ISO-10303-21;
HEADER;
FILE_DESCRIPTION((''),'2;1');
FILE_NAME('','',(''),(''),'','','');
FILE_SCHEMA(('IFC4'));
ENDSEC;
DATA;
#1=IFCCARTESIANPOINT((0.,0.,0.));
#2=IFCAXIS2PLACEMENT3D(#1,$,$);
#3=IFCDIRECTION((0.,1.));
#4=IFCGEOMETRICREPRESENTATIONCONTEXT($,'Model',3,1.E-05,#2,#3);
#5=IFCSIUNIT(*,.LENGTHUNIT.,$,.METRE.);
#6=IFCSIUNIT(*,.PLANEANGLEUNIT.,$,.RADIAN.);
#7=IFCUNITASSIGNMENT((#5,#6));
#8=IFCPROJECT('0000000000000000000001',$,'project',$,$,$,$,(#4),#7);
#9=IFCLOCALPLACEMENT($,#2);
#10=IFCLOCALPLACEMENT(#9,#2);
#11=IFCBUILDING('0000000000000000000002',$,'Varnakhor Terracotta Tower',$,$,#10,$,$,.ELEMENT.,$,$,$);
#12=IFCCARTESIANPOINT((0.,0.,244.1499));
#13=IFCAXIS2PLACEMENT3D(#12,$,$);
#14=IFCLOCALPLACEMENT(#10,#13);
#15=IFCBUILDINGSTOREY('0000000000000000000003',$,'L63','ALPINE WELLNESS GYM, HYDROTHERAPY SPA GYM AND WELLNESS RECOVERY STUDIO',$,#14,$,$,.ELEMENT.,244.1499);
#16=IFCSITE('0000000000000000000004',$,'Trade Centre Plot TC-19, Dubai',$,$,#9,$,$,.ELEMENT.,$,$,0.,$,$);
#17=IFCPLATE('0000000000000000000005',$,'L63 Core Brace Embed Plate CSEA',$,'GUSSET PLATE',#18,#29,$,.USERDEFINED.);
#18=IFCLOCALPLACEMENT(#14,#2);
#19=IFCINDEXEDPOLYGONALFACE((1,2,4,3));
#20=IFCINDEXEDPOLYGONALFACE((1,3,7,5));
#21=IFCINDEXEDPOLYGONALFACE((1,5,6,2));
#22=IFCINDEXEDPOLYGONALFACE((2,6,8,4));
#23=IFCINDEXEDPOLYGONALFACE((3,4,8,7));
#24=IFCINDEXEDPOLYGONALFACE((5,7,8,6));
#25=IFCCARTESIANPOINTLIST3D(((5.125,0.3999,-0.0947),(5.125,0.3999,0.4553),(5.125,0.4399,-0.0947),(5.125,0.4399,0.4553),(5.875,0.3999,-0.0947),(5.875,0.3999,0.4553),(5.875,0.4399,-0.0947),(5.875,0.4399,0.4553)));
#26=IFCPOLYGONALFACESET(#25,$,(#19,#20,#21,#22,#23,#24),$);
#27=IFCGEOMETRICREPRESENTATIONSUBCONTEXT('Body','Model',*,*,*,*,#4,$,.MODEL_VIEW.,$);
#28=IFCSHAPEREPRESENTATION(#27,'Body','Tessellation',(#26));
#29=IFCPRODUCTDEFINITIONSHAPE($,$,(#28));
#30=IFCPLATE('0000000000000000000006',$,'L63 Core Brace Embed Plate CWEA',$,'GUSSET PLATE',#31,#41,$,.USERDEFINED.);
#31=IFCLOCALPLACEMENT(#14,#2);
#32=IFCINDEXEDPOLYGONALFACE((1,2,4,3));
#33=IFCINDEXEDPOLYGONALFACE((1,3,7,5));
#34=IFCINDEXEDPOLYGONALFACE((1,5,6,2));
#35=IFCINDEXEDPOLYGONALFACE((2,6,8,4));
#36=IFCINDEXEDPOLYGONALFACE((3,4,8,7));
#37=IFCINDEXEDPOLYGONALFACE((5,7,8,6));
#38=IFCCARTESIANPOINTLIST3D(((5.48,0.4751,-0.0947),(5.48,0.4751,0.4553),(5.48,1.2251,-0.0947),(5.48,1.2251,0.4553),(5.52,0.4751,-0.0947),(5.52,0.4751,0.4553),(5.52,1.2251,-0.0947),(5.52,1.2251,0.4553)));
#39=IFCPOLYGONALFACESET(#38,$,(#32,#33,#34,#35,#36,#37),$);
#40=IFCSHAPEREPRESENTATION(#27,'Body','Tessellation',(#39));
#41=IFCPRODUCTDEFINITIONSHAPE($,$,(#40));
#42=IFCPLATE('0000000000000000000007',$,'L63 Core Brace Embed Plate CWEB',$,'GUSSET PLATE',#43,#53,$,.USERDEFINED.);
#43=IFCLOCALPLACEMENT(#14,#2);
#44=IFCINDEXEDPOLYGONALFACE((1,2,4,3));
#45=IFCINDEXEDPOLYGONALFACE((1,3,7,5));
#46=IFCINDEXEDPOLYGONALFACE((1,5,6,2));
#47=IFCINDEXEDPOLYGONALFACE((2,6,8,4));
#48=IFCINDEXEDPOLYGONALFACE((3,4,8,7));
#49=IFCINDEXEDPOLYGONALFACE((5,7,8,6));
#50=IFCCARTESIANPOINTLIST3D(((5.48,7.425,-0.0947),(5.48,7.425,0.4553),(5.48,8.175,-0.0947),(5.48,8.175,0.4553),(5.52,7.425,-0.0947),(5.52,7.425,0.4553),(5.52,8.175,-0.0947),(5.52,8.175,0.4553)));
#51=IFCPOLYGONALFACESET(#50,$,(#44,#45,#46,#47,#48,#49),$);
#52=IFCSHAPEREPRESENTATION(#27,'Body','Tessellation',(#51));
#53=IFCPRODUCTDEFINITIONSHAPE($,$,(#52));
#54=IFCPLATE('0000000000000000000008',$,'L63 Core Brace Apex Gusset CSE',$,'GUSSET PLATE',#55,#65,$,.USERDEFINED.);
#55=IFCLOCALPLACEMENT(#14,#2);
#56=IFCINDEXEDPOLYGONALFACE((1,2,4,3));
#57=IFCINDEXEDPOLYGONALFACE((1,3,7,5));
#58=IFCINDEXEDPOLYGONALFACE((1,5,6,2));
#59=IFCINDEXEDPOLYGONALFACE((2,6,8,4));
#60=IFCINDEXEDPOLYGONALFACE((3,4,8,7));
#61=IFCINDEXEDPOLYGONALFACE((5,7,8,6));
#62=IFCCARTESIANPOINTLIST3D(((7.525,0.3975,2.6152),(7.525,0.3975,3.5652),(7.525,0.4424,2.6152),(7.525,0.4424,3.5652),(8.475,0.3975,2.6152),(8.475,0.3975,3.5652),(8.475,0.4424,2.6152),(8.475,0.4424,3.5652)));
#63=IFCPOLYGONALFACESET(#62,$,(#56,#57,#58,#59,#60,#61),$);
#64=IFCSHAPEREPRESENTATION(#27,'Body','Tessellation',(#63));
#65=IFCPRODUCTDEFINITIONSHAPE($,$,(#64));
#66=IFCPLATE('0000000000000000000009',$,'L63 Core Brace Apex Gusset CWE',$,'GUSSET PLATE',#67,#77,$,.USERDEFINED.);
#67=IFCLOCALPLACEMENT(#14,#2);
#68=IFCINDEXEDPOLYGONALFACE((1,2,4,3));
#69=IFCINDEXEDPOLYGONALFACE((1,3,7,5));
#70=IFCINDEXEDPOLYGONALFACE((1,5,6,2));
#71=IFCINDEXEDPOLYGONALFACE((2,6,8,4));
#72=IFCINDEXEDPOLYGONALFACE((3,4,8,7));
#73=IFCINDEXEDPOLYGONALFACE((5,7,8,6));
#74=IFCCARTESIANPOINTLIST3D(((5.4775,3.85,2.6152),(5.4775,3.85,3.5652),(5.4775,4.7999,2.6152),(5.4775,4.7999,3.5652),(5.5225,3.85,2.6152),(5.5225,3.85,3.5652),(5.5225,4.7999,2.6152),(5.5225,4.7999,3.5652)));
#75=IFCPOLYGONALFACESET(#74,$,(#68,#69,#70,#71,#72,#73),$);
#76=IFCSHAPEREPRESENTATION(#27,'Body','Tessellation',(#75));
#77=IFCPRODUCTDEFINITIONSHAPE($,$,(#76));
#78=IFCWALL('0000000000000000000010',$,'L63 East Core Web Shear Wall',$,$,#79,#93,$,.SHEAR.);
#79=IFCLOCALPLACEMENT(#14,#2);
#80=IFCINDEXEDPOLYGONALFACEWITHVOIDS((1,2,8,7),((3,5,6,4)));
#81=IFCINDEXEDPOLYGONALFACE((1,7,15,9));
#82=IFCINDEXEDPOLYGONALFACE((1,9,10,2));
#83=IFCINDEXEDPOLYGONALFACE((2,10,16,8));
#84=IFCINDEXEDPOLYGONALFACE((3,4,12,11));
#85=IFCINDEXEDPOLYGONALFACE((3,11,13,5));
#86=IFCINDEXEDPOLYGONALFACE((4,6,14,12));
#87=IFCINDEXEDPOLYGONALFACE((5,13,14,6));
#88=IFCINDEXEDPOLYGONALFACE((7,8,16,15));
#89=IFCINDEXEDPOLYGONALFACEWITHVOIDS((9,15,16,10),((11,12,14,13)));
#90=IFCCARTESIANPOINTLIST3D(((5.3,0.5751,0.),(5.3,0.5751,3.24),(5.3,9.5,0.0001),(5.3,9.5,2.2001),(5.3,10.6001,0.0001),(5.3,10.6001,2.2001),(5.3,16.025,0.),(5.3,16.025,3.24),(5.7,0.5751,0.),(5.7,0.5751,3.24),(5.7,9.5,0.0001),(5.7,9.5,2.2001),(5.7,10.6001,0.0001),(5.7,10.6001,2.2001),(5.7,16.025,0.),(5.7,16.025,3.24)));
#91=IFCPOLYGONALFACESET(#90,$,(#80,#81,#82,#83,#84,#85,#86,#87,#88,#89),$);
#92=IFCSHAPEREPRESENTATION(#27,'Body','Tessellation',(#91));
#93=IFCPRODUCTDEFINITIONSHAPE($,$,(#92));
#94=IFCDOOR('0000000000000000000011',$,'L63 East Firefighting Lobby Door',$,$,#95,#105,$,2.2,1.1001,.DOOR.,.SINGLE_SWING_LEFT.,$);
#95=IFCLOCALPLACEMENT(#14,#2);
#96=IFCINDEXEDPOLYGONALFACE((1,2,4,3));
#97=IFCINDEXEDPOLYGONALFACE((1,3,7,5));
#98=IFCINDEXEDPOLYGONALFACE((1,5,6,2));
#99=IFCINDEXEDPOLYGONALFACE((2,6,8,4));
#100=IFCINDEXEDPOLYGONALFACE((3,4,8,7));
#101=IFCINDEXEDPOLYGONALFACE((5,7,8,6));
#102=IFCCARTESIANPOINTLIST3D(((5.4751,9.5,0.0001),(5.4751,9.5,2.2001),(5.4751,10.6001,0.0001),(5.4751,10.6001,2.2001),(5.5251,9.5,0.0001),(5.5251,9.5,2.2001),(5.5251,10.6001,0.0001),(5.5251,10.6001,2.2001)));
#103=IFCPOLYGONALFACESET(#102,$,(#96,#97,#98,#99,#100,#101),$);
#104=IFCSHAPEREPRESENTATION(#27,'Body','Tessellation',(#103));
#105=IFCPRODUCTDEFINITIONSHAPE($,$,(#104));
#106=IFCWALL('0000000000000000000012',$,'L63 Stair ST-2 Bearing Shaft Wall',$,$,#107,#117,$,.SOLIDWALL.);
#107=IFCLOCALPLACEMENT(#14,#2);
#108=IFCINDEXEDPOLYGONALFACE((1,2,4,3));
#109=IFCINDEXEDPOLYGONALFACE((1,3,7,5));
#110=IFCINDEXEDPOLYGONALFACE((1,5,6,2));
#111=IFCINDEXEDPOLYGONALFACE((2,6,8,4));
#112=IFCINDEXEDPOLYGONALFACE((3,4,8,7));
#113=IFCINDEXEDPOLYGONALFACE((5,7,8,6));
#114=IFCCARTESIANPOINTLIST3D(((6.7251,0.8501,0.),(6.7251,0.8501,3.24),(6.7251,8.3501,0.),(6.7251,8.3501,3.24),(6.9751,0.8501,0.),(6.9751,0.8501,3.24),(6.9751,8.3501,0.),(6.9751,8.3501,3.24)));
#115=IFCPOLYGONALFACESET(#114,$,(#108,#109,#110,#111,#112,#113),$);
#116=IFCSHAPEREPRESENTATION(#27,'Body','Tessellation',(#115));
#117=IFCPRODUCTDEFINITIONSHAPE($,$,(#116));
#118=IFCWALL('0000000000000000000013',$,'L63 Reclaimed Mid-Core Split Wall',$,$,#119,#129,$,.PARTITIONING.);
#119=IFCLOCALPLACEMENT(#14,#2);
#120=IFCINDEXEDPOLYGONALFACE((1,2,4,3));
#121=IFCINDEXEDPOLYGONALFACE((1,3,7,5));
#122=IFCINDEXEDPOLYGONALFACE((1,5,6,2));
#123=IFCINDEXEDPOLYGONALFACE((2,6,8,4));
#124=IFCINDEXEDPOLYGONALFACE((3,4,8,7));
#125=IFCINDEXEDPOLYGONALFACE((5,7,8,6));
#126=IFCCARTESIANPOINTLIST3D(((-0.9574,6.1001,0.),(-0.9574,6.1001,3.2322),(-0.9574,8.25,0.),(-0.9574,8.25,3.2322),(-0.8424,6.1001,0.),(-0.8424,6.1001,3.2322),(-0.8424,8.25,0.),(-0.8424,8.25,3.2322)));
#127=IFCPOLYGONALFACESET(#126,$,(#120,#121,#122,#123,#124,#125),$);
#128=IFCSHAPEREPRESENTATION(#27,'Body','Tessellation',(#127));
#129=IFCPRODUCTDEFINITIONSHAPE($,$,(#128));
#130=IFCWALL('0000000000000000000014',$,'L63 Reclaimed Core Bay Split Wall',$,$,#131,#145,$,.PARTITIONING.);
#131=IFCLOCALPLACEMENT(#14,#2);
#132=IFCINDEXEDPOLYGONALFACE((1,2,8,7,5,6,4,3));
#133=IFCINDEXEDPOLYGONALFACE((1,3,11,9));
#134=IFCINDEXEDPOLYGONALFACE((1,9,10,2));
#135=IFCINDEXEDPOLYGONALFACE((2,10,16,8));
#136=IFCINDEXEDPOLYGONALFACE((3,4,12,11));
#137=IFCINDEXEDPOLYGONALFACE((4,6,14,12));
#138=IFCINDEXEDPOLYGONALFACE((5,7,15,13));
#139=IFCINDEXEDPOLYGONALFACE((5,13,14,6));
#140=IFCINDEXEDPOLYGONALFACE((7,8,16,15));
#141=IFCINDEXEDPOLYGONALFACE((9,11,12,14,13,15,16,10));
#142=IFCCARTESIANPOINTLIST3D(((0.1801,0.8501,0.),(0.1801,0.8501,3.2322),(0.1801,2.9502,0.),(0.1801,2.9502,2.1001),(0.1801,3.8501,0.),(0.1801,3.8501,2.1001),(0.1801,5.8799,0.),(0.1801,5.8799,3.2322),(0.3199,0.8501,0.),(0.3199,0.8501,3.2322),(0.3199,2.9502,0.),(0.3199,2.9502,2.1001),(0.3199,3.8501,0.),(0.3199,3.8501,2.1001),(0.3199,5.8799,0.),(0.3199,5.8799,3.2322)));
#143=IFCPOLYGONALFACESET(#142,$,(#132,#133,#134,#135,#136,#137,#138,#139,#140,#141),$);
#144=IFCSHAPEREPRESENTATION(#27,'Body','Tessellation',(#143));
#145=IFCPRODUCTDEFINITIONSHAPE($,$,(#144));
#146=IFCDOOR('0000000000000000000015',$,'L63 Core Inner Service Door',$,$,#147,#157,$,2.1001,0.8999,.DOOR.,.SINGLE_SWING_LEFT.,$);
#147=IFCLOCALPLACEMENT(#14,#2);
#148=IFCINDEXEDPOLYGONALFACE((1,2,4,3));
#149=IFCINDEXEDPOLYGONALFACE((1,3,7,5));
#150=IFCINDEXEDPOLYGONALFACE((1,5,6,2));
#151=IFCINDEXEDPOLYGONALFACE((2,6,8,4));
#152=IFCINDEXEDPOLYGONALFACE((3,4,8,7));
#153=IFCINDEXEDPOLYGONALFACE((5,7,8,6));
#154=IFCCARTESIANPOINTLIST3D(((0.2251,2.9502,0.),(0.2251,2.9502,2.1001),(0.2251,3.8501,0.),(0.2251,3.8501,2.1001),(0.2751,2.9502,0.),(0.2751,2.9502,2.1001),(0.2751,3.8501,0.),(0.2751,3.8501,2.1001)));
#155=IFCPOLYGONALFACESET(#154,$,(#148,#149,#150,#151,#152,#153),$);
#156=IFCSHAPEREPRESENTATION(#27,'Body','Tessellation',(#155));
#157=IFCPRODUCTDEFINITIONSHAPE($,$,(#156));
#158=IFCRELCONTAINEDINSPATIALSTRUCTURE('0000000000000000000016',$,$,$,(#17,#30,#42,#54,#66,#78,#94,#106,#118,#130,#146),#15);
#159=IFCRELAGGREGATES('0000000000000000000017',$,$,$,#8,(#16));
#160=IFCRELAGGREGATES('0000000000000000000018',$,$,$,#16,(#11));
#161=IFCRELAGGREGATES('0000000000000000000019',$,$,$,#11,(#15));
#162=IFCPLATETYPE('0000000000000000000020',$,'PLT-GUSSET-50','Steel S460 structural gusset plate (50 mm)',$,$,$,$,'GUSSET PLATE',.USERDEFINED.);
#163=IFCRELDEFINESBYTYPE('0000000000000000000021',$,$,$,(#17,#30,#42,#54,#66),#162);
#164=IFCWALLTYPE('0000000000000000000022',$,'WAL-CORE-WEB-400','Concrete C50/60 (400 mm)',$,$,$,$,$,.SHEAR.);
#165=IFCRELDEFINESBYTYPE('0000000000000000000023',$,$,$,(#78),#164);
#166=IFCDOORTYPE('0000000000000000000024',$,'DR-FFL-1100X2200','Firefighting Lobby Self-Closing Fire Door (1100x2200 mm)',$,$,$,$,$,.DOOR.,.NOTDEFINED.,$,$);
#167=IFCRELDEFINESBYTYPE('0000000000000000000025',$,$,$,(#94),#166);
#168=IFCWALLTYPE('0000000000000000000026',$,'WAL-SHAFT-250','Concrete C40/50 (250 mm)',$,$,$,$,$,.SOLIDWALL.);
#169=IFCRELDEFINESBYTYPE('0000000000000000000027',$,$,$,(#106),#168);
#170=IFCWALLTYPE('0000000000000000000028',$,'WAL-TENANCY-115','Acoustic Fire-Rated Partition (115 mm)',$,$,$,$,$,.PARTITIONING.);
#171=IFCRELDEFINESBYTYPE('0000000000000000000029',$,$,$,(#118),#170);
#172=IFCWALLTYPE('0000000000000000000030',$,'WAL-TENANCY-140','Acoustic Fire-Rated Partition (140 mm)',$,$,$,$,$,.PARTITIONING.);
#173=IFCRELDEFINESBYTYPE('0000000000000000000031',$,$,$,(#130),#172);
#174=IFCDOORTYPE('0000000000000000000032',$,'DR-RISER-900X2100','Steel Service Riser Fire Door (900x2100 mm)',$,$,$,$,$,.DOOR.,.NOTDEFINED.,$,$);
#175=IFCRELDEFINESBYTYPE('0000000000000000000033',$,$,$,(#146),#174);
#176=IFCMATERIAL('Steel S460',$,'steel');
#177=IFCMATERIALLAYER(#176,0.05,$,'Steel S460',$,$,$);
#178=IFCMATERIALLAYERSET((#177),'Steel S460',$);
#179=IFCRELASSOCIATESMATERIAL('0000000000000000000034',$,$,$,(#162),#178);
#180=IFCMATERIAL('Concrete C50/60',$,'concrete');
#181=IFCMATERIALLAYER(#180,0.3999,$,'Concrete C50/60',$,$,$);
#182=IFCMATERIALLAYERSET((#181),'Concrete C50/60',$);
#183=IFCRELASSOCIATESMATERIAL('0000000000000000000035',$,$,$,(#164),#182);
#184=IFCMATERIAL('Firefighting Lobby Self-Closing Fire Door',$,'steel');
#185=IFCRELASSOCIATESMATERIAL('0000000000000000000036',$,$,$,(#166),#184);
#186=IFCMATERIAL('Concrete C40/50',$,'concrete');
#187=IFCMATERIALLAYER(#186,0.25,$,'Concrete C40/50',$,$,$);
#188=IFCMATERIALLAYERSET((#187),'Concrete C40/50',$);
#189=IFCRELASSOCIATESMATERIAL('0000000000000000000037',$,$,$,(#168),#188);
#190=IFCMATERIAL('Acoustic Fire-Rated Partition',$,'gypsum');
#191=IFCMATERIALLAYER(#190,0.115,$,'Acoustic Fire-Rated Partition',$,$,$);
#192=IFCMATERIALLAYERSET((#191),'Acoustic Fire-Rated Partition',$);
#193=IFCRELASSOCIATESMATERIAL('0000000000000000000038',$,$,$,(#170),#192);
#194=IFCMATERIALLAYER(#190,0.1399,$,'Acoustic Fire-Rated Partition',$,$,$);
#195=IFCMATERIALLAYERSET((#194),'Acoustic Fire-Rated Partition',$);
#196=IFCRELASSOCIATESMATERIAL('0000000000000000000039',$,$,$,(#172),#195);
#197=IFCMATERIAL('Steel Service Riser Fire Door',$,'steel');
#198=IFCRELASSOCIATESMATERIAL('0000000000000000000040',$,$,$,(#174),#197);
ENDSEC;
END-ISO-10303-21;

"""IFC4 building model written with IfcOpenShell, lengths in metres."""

from ifc_helpers import new_model, si_unit, direction, frame, frame_2d, origin, origin_2d, place, context, subcontext, project, spatial, rectangle, extrude, source, transform, mapped, material, layer, layer_set, type_object, type_shapes, element, fill, save


model = new_model("IFC4")

# Units and contexts
model_context = context("Model", 3, precision=1e-05, world=origin(), true_north=direction((0.0, 1.0)))
body_context = subcontext(model_context, "Body", "Model", "MODEL_VIEW")
ifc_project = project(units=[si_unit("LENGTHUNIT", "METRE"), si_unit("PLANEANGLEUNIT", "RADIAN")], contexts=[model_context])

# Site, building, storey
site_placement = place(None, origin())
site = spatial("IfcSite", under=ifc_project, at=site_placement, Name="Trade Centre Plot TC-19, Dubai", CompositionType="ELEMENT", RefElevation=0.0)
building_placement = place(site_placement, origin())
building = spatial("IfcBuilding", under=site, at=building_placement, Name="Varnakhor Terracotta Tower", CompositionType="ELEMENT")
storey_placement = place(building_placement, frame((0.0, 0.0, 244.1499)))
storey = spatial("IfcBuildingStorey", under=building, at=storey_placement, Name="L63", Description="ALPINE WELLNESS GYM, HYDROTHERAPY SPA GYM AND WELLNESS RECOVERY STUDIO", CompositionType="ELEMENT", Elevation=244.1499)

# Shared definitions
ifc_material_1 = material(Name="Concrete C50/60", Category="concrete")

# Shared definitions
ifc_material_2 = material(Name="Concrete C40/50", Category="concrete")

# Plates
ifc_material_3 = material(Name="Steel S460", Category="steel")
ifc_layer_1 = layer(ifc_material_3, 0.05, Name="Steel S460")
ifc_layer_set_1 = layer_set([ifc_layer_1], Name="Steel S460")
plate_type = type_object("IfcPlateType", Name="PLT-GUSSET-50", Description="Steel S460 structural gusset plate (50 mm)", ElementType="GUSSET PLATE", PredefinedType="USERDEFINED", material=ifc_layer_set_1)
shared_shape_1 = source(origin(), body_context, "Body", "SweptSolid", [
    extrude(rectangle(XDim=0.75, YDim=0.04, at=origin_2d()), origin(), (0.0, 0.0, 1.0), 0.55),
])
type_shapes(plate_type, [shared_shape_1])
for number, where, z_axis, x_axis, name in (
    (1, (5.5, 0.4199, -0.0947), (0.0, 0.0, 1.0), (1.0, 0.0, 0.0), "L63 Core Brace Embed Plate CSEA"),
    (2, (5.5, 0.8501, -0.0947), (0.0, 0.0, 1.0), (0.0, 1.0, 0.0), "L63 Core Brace Embed Plate CWEA"),
    (3, (5.5, 7.8, -0.0947), (0.0, 0.0, 1.0), (0.0, 1.0, 0.0), "L63 Core Brace Embed Plate CWEB"),
):
    element("IfcPlate", number, at=place(storey_placement, frame(where, z_axis=z_axis, x_axis=x_axis)), inside=storey, type_object=plate_type, Name=name, ObjectType="GUSSET PLATE", PredefinedType="USERDEFINED", context=body_context, shape_type="MappedRepresentation", body=[
        mapped(shared_shape_1, transform((0.0, 0.0, 0.0), scale=1.0)),
    ])
shared_shape_2 = source(origin(), body_context, "Body", "SweptSolid", [
    extrude(rectangle(XDim=0.95, YDim=0.0449, at=origin_2d()), origin(), (0.0, 0.0, 1.0), 0.95),
])
for number, where, z_axis, x_axis, name in (
    (4, (8.0, 0.4199, 2.6152), (0.0, 0.0, 1.0), (1.0, 0.0, 0.0), "L63 Core Brace Apex Gusset CSE"),
    (5, (5.5, 4.325, 2.6152), (0.0, 0.0, 1.0), (0.0, 1.0, 0.0), "L63 Core Brace Apex Gusset CWE"),
):
    element("IfcPlate", number, at=place(storey_placement, frame(where, z_axis=z_axis, x_axis=x_axis)), inside=storey, type_object=plate_type, Name=name, ObjectType="GUSSET PLATE", PredefinedType="USERDEFINED", context=body_context, shape_type="MappedRepresentation", body=[
        mapped(shared_shape_2, transform((0.0, 0.0, 0.0), scale=1.0)),
    ])

# Wall, opening, door
ifc_layer_2 = layer(ifc_material_1, 0.3999, Name="Concrete C50/60")
ifc_layer_set_2 = layer_set([ifc_layer_2], Name="Concrete C50/60")
wall_type_1 = type_object("IfcWallType", Name="WAL-CORE-WEB-400", Description="Concrete C50/60 (400 mm)", PredefinedType="SHEAR", material=ifc_layer_set_2)
wall_1_placement = place(storey_placement, frame((5.5, 0.575, 0.0), z_axis=(0.0, 0.0, 1.0), x_axis=(0.0, 1.0, 0.0)))
wall_1 = element("IfcWall", 6, at=wall_1_placement, inside=storey, type_object=wall_type_1, Name="L63 East Core Web Shear Wall", PredefinedType="SHEAR", context=body_context, shape_type="SweptSolid", body=[
    extrude(rectangle(XDim=15.45, YDim=0.3999, at=frame_2d((7.7251, 0.0))), origin(), (0.0, 0.0, 1.0), 3.24),
])
opening_1_placement = place(wall_1_placement, frame((8.925, 0.0, 0.0)))
opening_1 = element("IfcOpeningElement", 7, at=opening_1_placement, cuts=wall_1, PredefinedType="OPENING", context=body_context, shape_type="SweptSolid", body=[
    extrude(rectangle(XDim=1.1001, YDim=2.2, at=frame_2d((0.55, 1.1001))), frame((0.0, 0.21, 0.0), z_axis=(0.0, -1.0, 0.0), x_axis=(1.0, 0.0, 0.0)), (0.0, 0.0, 1.0), 0.4199),
])
ifc_material_4 = material(Name="Firefighting Lobby Self-Closing Fire Door", Category="steel")
door_type_1 = type_object("IfcDoorType", Name="DR-FFL-1100X2200", Description="Firefighting Lobby Self-Closing Fire Door (1100x2200 mm)", OperationType="NOTDEFINED", PredefinedType="DOOR", material=ifc_material_4)
shared_shape_3 = source(origin(), body_context, "Body", "SweptSolid", [
    extrude(rectangle(XDim=1.1001, YDim=2.2, at=frame_2d((0.55, 1.1001))), frame((0.0, 0.0249, 0.0), z_axis=(0.0, -1.0, 0.0), x_axis=(1.0, 0.0, 0.0)), (0.0, 0.0, 1.0), 0.05),
])
type_shapes(door_type_1, [shared_shape_3])
door_1_placement = place(opening_1_placement, origin())
door_1 = element("IfcDoor", 8, at=door_1_placement, inside=storey, type_object=door_type_1, Name="L63 East Firefighting Lobby Door", OperationType="SINGLE_SWING_LEFT", OverallHeight=2.2, OverallWidth=1.1001, PredefinedType="DOOR", context=body_context, shape_type="MappedRepresentation", body=[
    mapped(shared_shape_3, transform((0.0, 0.0, 0.0), scale=1.0)),
])
fill(opening_1, door_1)

# Walls
ifc_layer_3 = layer(ifc_material_2, 0.25, Name="Concrete C40/50")
ifc_layer_set_3 = layer_set([ifc_layer_3], Name="Concrete C40/50")
wall_type_2 = type_object("IfcWallType", Name="WAL-SHAFT-250", Description="Concrete C40/50 (250 mm)", PredefinedType="SOLIDWALL", material=ifc_layer_set_3)
wall_2_placement = place(storey_placement, frame((6.8501, 0.8501, 0.0), z_axis=(0.0, 0.0, 1.0), x_axis=(0.0, 1.0, 0.0)))
element("IfcWall", 9, at=wall_2_placement, inside=storey, type_object=wall_type_2, Name="L63 Stair ST-2 Bearing Shaft Wall", PredefinedType="SOLIDWALL", context=body_context, shape_type="SweptSolid", body=[
    extrude(rectangle(XDim=7.5, YDim=0.25, at=frame_2d((3.75, 0.0))), origin(), (0.0, 0.0, 1.0), 3.24),
])
ifc_material_5 = material(Name="Acoustic Fire-Rated Partition", Category="gypsum")
ifc_layer_4 = layer(ifc_material_5, 0.115, Name="Acoustic Fire-Rated Partition")
ifc_layer_set_4 = layer_set([ifc_layer_4], Name="Acoustic Fire-Rated Partition")
wall_type_3 = type_object("IfcWallType", Name="WAL-TENANCY-115", Description="Acoustic Fire-Rated Partition (115 mm)", PredefinedType="PARTITIONING", material=ifc_layer_set_4)
wall_3_placement = place(storey_placement, frame((-0.8999, 6.1001, 0.0), z_axis=(0.0, 0.0, 1.0), x_axis=(0.0, 1.0, 0.0)))
element("IfcWall", 10, at=wall_3_placement, inside=storey, type_object=wall_type_3, Name="L63 Reclaimed Mid-Core Split Wall", PredefinedType="PARTITIONING", context=body_context, shape_type="SweptSolid", body=[
    extrude(rectangle(XDim=2.1499, YDim=0.115, at=frame_2d((1.075, 0.0))), origin(), (0.0, 0.0, 1.0), 3.2322),
])

# Wall, opening, door
ifc_layer_5 = layer(ifc_material_5, 0.1399, Name="Acoustic Fire-Rated Partition")
ifc_layer_set_5 = layer_set([ifc_layer_5], Name="Acoustic Fire-Rated Partition")
wall_type_4 = type_object("IfcWallType", Name="WAL-TENANCY-140", Description="Acoustic Fire-Rated Partition (140 mm)", PredefinedType="PARTITIONING", material=ifc_layer_set_5)
wall_4_placement = place(storey_placement, frame((0.25, 0.8501, 0.0), z_axis=(0.0, 0.0, 1.0), x_axis=(0.0, 1.0, 0.0)))
wall_4 = element("IfcWall", 11, at=wall_4_placement, inside=storey, type_object=wall_type_4, Name="L63 Reclaimed Core Bay Split Wall", PredefinedType="PARTITIONING", context=body_context, shape_type="SweptSolid", body=[
    extrude(rectangle(XDim=5.0298, YDim=0.1399, at=frame_2d((2.5149, 0.0))), origin(), (0.0, 0.0, 1.0), 3.2322),
])
opening_2_placement = place(wall_4_placement, frame((2.1001, 0.0, 0.0)))
opening_2 = element("IfcOpeningElement", 12, at=opening_2_placement, cuts=wall_4, PredefinedType="OPENING", context=body_context, shape_type="SweptSolid", body=[
    extrude(rectangle(XDim=0.8999, YDim=2.1001, at=frame_2d((0.45, 1.05))), frame((0.0, 0.0801, 0.0), z_axis=(0.0, -1.0, 0.0), x_axis=(1.0, 0.0, 0.0)), (0.0, 0.0, 1.0), 0.1599),
])
ifc_material_6 = material(Name="Steel Service Riser Fire Door", Category="steel")
door_type_2 = type_object("IfcDoorType", Name="DR-RISER-900X2100", Description="Steel Service Riser Fire Door (900x2100 mm)", OperationType="NOTDEFINED", PredefinedType="DOOR", material=ifc_material_6)
shared_shape_4 = source(origin(), body_context, "Body", "SweptSolid", [
    extrude(rectangle(XDim=0.8999, YDim=2.1001, at=frame_2d((0.45, 1.05))), frame((0.0, 0.0249, 0.0), z_axis=(0.0, -1.0, 0.0), x_axis=(1.0, 0.0, 0.0)), (0.0, 0.0, 1.0), 0.05),
])
type_shapes(door_type_2, [shared_shape_4])
door_2_placement = place(opening_2_placement, origin())
door_2 = element("IfcDoor", 13, at=door_2_placement, inside=storey, type_object=door_type_2, Name="L63 Core Inner Service Door", OperationType="SINGLE_SWING_LEFT", OverallHeight=2.1001, OverallWidth=0.8999, PredefinedType="DOOR", context=body_context, shape_type="MappedRepresentation", body=[
    mapped(shared_shape_4, transform((0.0, 0.0, 0.0), scale=1.0)),
])
fill(opening_2, door_2)

save(model, "model.ifc")
